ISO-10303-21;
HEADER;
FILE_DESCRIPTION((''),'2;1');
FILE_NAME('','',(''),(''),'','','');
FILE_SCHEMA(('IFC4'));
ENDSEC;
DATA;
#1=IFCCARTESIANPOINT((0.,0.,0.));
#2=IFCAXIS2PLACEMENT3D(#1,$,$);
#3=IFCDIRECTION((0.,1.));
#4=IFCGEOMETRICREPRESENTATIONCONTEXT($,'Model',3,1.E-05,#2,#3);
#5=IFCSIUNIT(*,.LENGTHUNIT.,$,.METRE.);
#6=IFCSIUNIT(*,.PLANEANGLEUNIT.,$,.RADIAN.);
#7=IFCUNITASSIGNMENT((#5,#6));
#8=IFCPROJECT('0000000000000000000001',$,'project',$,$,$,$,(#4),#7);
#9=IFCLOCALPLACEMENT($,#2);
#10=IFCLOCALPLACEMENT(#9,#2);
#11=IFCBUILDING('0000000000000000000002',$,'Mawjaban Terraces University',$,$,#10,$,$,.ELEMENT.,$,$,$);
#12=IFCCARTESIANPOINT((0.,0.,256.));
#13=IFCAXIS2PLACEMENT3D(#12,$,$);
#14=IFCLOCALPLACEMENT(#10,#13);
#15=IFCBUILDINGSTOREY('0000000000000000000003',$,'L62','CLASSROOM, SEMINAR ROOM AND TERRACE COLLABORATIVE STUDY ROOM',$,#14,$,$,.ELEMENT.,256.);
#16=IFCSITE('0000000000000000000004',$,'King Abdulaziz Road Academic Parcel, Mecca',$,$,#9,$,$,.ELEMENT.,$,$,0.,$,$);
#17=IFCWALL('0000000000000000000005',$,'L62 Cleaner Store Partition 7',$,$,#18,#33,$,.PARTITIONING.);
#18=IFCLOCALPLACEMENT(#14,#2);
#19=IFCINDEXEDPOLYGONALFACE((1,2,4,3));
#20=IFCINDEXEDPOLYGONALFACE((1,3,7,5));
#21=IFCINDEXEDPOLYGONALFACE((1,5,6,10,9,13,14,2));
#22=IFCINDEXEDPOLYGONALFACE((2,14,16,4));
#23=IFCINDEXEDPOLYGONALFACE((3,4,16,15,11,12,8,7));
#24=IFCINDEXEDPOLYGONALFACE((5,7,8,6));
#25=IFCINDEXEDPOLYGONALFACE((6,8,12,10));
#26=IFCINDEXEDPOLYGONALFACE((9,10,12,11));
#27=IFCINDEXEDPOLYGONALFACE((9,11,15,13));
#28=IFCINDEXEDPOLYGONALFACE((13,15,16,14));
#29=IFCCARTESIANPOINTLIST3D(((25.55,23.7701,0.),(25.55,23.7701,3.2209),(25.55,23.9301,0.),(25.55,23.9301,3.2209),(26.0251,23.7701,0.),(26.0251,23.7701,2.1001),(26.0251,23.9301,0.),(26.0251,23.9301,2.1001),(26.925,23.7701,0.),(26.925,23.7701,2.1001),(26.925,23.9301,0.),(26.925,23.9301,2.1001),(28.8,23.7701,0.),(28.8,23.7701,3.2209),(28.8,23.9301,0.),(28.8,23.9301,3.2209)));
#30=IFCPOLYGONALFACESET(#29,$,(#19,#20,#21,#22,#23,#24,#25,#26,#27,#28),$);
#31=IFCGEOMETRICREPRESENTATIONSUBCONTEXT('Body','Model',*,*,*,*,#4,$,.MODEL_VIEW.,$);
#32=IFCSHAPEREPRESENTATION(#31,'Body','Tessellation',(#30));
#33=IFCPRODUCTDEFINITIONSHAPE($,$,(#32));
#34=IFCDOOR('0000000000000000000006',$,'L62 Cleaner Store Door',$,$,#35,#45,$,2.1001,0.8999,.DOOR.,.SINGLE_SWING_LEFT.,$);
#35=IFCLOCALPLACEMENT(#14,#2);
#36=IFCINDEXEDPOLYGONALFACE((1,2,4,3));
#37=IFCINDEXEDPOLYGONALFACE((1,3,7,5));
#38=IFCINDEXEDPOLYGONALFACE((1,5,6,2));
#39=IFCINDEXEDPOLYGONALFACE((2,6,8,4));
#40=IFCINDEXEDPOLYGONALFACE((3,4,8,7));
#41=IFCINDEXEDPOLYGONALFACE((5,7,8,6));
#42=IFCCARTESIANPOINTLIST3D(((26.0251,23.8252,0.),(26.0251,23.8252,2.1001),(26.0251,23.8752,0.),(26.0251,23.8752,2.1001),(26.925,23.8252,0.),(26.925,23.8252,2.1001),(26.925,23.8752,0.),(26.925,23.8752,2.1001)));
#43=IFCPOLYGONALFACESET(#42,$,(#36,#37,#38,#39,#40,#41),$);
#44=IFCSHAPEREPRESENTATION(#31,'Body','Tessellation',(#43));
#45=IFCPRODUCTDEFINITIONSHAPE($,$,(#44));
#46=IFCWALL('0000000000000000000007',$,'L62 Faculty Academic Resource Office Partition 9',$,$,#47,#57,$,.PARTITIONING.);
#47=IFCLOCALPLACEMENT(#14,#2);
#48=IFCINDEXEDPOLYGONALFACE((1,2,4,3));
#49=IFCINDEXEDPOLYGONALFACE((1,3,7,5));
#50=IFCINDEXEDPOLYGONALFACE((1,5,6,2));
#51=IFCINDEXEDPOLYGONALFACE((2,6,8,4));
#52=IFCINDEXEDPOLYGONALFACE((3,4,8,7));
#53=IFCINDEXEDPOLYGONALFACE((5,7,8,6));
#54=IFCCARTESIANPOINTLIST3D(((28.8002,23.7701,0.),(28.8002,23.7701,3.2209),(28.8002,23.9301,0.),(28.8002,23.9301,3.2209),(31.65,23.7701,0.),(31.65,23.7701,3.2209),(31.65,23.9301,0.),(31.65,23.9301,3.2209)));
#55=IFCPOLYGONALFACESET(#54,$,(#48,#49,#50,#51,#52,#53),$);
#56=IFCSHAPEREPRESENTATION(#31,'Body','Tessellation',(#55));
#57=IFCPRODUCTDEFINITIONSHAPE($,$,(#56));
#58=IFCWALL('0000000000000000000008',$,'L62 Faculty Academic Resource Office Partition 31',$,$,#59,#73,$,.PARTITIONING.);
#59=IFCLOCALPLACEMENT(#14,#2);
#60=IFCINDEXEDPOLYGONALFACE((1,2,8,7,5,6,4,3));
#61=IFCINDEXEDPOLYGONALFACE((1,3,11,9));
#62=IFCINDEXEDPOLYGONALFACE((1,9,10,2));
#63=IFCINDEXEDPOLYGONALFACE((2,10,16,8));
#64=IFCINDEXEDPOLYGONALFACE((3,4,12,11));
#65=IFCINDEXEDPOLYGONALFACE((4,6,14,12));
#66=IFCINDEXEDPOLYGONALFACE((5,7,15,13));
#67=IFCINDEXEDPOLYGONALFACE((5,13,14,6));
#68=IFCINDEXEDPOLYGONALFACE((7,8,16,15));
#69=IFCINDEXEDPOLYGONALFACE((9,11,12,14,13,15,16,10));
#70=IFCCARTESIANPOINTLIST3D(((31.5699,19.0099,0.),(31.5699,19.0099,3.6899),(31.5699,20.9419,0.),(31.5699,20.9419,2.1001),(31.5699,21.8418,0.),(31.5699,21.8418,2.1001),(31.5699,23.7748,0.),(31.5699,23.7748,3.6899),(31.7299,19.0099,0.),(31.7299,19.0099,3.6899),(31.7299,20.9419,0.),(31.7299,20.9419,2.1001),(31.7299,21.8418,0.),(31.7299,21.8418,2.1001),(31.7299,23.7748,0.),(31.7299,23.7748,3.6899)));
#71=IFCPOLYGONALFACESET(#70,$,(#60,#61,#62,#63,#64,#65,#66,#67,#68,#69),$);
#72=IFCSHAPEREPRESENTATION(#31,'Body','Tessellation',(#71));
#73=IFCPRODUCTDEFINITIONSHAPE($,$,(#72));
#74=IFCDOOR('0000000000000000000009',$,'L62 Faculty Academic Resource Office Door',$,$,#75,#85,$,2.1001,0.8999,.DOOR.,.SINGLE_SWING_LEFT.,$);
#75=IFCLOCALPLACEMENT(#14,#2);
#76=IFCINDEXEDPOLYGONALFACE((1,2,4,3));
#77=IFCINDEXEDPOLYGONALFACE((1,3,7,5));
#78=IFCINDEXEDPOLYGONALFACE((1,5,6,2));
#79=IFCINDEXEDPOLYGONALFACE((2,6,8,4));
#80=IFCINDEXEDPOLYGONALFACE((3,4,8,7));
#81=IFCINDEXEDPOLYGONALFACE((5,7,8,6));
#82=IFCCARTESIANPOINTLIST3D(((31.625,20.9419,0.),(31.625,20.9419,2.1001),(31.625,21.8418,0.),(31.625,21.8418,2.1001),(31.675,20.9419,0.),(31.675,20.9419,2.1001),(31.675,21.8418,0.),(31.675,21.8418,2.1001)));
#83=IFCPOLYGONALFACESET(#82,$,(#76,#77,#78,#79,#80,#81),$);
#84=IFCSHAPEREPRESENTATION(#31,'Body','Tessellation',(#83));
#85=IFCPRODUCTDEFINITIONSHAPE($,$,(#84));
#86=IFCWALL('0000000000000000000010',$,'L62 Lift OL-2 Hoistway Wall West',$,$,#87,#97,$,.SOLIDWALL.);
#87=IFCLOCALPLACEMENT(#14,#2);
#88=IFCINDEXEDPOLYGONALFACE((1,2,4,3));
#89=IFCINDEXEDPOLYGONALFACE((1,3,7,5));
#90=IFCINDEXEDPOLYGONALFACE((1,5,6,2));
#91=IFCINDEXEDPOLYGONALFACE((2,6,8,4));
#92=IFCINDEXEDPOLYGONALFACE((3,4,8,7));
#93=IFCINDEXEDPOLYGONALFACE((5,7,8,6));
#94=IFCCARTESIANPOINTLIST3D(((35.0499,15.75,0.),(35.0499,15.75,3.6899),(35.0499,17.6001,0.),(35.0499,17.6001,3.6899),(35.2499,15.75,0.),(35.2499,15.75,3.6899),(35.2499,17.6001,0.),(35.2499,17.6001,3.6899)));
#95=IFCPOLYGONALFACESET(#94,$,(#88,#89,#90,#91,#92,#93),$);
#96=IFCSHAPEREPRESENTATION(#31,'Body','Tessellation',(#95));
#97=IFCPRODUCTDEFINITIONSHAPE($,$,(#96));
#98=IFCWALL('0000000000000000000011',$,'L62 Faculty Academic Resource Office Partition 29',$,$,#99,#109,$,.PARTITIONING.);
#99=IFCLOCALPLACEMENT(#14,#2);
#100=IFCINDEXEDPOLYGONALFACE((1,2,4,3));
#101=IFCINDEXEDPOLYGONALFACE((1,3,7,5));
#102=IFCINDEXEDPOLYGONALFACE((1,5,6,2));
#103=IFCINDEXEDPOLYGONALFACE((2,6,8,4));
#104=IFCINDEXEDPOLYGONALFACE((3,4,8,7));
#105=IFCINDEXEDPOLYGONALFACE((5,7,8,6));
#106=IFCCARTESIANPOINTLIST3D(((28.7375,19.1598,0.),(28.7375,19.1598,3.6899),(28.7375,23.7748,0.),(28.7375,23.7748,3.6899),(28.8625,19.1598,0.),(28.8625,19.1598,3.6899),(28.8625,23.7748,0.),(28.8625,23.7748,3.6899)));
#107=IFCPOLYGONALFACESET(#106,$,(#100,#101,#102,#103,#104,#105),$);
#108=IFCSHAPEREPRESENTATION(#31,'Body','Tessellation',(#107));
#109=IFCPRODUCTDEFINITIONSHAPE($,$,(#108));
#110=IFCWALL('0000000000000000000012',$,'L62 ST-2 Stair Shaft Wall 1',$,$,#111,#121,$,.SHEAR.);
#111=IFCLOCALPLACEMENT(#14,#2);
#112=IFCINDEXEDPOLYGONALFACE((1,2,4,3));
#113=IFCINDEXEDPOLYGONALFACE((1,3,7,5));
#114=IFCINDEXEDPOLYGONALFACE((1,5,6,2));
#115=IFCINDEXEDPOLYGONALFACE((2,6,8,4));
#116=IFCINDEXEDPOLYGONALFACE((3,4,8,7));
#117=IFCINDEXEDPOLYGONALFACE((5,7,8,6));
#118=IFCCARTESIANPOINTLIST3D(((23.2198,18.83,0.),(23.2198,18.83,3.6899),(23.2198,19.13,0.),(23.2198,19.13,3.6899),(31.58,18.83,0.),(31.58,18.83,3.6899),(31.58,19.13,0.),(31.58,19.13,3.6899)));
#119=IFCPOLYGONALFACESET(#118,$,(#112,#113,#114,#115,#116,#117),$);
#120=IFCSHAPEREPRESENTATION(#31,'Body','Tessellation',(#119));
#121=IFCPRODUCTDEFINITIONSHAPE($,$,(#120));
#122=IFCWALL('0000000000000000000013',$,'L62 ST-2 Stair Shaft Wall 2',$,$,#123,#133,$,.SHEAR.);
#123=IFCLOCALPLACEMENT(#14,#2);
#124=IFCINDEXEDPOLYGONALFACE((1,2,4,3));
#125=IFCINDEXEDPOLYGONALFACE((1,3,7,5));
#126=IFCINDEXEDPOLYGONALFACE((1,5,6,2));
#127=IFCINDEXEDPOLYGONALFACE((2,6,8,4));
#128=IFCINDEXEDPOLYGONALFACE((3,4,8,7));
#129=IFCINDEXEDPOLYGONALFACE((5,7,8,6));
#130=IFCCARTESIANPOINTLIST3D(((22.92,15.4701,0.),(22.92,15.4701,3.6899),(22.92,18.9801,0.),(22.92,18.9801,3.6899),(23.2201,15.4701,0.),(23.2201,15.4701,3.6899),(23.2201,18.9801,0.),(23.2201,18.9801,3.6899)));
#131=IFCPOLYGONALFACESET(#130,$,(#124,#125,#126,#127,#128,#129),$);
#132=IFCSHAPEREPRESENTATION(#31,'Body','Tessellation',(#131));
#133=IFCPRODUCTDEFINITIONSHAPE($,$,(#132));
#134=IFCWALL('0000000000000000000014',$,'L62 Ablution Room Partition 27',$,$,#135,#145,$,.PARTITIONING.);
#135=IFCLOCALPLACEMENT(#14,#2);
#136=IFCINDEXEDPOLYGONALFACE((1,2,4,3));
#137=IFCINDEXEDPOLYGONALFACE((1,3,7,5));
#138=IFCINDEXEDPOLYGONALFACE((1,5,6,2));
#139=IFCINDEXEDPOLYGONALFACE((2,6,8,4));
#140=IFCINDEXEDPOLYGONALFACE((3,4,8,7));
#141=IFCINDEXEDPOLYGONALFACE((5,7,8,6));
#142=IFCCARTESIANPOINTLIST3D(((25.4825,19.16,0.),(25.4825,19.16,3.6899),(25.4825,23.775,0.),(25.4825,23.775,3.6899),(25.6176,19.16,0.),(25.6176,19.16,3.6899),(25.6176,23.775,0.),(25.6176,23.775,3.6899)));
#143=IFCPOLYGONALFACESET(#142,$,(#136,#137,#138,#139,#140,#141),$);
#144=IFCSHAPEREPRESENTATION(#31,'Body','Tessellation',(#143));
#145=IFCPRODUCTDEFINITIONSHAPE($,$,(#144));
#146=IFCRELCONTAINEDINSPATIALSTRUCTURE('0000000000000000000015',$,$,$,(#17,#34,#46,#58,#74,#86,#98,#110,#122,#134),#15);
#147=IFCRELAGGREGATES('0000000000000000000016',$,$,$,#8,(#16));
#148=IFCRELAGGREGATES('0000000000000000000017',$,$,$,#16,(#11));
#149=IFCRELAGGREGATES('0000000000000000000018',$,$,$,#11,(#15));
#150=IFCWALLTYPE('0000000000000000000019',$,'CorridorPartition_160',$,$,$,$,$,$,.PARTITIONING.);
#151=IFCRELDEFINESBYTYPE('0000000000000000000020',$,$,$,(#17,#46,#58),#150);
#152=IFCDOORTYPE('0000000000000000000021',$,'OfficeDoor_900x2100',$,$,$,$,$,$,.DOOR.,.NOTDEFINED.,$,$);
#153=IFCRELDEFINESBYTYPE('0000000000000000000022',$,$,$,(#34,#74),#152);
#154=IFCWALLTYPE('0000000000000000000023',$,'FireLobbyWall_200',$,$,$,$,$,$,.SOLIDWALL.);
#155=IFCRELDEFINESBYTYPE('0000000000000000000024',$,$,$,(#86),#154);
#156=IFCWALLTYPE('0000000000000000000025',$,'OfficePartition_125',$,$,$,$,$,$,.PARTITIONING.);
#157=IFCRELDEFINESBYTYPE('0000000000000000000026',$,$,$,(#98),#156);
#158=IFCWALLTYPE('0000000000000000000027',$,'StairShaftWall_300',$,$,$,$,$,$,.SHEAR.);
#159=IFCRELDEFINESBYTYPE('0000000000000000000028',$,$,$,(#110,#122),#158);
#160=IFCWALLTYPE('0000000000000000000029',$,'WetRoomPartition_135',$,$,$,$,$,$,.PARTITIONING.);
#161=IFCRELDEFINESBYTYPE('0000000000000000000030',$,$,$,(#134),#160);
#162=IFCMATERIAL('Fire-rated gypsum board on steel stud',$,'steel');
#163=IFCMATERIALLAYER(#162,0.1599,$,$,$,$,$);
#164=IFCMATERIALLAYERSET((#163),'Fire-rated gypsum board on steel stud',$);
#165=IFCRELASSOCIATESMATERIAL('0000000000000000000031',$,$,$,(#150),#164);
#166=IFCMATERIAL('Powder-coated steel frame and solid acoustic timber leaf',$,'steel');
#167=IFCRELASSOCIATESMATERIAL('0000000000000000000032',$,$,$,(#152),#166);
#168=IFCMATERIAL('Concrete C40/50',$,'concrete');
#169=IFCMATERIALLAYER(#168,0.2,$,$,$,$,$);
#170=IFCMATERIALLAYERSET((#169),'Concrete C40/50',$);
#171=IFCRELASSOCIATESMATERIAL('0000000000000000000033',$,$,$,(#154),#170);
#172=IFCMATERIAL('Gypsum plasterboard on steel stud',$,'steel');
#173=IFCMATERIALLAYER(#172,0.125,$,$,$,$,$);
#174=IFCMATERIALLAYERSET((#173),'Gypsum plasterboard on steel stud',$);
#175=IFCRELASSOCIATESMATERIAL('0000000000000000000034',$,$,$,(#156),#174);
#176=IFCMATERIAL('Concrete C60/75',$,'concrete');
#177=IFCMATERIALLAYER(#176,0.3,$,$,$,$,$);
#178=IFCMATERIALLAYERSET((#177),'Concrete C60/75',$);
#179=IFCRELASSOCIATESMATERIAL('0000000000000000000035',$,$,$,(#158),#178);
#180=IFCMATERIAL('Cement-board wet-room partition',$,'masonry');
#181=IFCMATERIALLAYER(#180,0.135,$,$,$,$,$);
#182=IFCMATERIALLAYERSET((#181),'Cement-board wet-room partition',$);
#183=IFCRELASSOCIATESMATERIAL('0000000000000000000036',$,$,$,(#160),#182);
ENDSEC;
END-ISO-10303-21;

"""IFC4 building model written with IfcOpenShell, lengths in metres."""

from ifc_helpers import new_model, si_unit, direction, frame, frame_2d, origin, place, context, subcontext, project, spatial, rectangle, extrude, material, layer, layer_set, type_object, element, fill, save


model = new_model("IFC4")

# Units and contexts
model_context = context("Model", 3, precision=1e-05, world=origin(), true_north=direction((0.0, 1.0)))
body_context = subcontext(model_context, "Body", "Model", "MODEL_VIEW")
ifc_project = project(units=[si_unit("LENGTHUNIT", "METRE"), si_unit("PLANEANGLEUNIT", "RADIAN")], contexts=[model_context])

# Site, building, storey
site_placement = place(None, origin())
site = spatial("IfcSite", under=ifc_project, at=site_placement, Name="King Abdulaziz Road Academic Parcel, Mecca", CompositionType="ELEMENT", RefElevation=0.0)
building_placement = place(site_placement, origin())
building = spatial("IfcBuilding", under=site, at=building_placement, Name="Mawjaban Terraces University", CompositionType="ELEMENT")
storey_placement = place(building_placement, frame((0.0, 0.0, 256.0)))
storey = spatial("IfcBuildingStorey", under=building, at=storey_placement, Name="L62", Description="CLASSROOM, SEMINAR ROOM AND TERRACE COLLABORATIVE STUDY ROOM", CompositionType="ELEMENT", Elevation=256.0)

# Wall, opening, door
ifc_material_1 = material(Name="Powder-coated steel frame and solid acoustic timber leaf", Category="steel")
ifc_material_2 = material(Name="Fire-rated gypsum board on steel stud", Category="steel")
ifc_layer_1 = layer(ifc_material_2, 0.1599)
ifc_layer_set_1 = layer_set([ifc_layer_1], Name="Fire-rated gypsum board on steel stud")
wall_type_1 = type_object("IfcWallType", Name="CorridorPartition_160", PredefinedType="PARTITIONING", material=ifc_layer_set_1)
wall_1_placement = place(storey_placement, frame((28.8, 23.8501, 0.0), z_axis=(0.0, 0.0, 1.0), x_axis=(-1.0, 0.0, 0.0)))
wall_1 = element("IfcWall", 1, at=wall_1_placement, inside=storey, type_object=wall_type_1, Name="L62 Cleaner Store Partition 7", PredefinedType="PARTITIONING", context=body_context, shape_type="SweptSolid", body=[
    extrude(rectangle(XDim=3.25, YDim=0.1599, at=frame_2d((1.625, 0.0))), origin(), (0.0, 0.0, 1.0), 3.2209),
])
opening_1_placement = place(wall_1_placement, frame((1.875, 0.0, 0.0)))
opening_1 = element("IfcOpeningElement", 2, at=opening_1_placement, cuts=wall_1, PredefinedType="OPENING", context=body_context, shape_type="SweptSolid", body=[
    extrude(rectangle(XDim=0.8999, YDim=2.1001, at=frame_2d((0.45, 1.05))), frame((0.0, 0.0898, 0.0), z_axis=(0.0, -1.0, 0.0), x_axis=(1.0, 0.0, 0.0)), (0.0, 0.0, 1.0), 0.1799),
])
door_type_1 = type_object("IfcDoorType", Name="OfficeDoor_900x2100", OperationType="NOTDEFINED", PredefinedType="DOOR", material=ifc_material_1)
door_1_placement = place(opening_1_placement, origin())
door_1 = element("IfcDoor", 3, at=door_1_placement, inside=storey, type_object=door_type_1, Name="L62 Cleaner Store Door", OperationType="SINGLE_SWING_LEFT", OverallHeight=2.1001, OverallWidth=0.8999, PredefinedType="DOOR", context=body_context, shape_type="SweptSolid", body=[
    extrude(rectangle(XDim=0.8999, YDim=2.1001, at=frame_2d((0.45, 1.05))), frame((0.0, 0.0249, 0.0), z_axis=(0.0, -1.0, 0.0), x_axis=(1.0, 0.0, 0.0)), (0.0, 0.0, 1.0), 0.05),
])
fill(opening_1, door_1)

# Wall
wall_2_placement = place(storey_placement, frame((31.6499, 23.8501, 0.0), z_axis=(0.0, 0.0, 1.0), x_axis=(-1.0, 0.0, 0.0)))
element("IfcWall", 4, at=wall_2_placement, inside=storey, type_object=wall_type_1, Name="L62 Faculty Academic Resource Office Partition 9", PredefinedType="PARTITIONING", context=body_context, shape_type="SweptSolid", body=[
    extrude(rectangle(XDim=2.8499, YDim=0.1599, at=frame_2d((1.4248, 0.0))), origin(), (0.0, 0.0, 1.0), 3.2209),
])

# Wall, opening, door
wall_3_placement = place(storey_placement, frame((31.6499, 19.01, 0.0), z_axis=(0.0, 0.0, 1.0), x_axis=(0.0, 1.0, 0.0)))
wall_3 = element("IfcWall", 5, at=wall_3_placement, inside=storey, type_object=wall_type_1, Name="L62 Faculty Academic Resource Office Partition 31", PredefinedType="PARTITIONING", context=body_context, shape_type="SweptSolid", body=[
    extrude(rectangle(XDim=4.7649, YDim=0.1599, at=frame_2d((2.3823, 0.0))), origin(), (0.0, 0.0, 1.0), 3.6899),
])
opening_2_placement = place(wall_3_placement, frame((1.9319, 0.0, 0.0)))
opening_2 = element("IfcOpeningElement", 6, at=opening_2_placement, cuts=wall_3, PredefinedType="OPENING", context=body_context, shape_type="SweptSolid", body=[
    extrude(rectangle(XDim=0.8999, YDim=2.1001, at=frame_2d((0.45, 1.05))), frame((0.0, 0.0898, 0.0), z_axis=(0.0, -1.0, 0.0), x_axis=(1.0, 0.0, 0.0)), (0.0, 0.0, 1.0), 0.1799),
])
door_2_placement = place(opening_2_placement, origin())
door_2 = element("IfcDoor", 7, at=door_2_placement, inside=storey, type_object=door_type_1, Name="L62 Faculty Academic Resource Office Door", OperationType="SINGLE_SWING_LEFT", OverallHeight=2.1001, OverallWidth=0.8999, PredefinedType="DOOR", context=body_context, shape_type="SweptSolid", body=[
    extrude(rectangle(XDim=0.8999, YDim=2.1001, at=frame_2d((0.45, 1.05))), frame((0.0, 0.0249, 0.0), z_axis=(0.0, -1.0, 0.0), x_axis=(1.0, 0.0, 0.0)), (0.0, 0.0, 1.0), 0.05),
])
fill(opening_2, door_2)

# Walls
ifc_material_3 = material(Name="Concrete C40/50", Category="concrete")
ifc_layer_2 = layer(ifc_material_3, 0.2)
ifc_layer_set_2 = layer_set([ifc_layer_2], Name="Concrete C40/50")
wall_type_2 = type_object("IfcWallType", Name="FireLobbyWall_200", PredefinedType="SOLIDWALL", material=ifc_layer_set_2)
wall_4_placement = place(storey_placement, frame((35.1499, 17.6001, 0.0), z_axis=(0.0, 0.0, 1.0), x_axis=(0.0, -1.0, 0.0)))
element("IfcWall", 8, at=wall_4_placement, inside=storey, type_object=wall_type_2, Name="L62 Lift OL-2 Hoistway Wall West", PredefinedType="SOLIDWALL", context=body_context, shape_type="SweptSolid", body=[
    extrude(rectangle(XDim=1.8501, YDim=0.2, at=frame_2d((0.925, 0.0))), origin(), (0.0, 0.0, 1.0), 3.6899),
])
ifc_material_4 = material(Name="Gypsum plasterboard on steel stud", Category="steel")
ifc_layer_3 = layer(ifc_material_4, 0.125)
ifc_layer_set_3 = layer_set([ifc_layer_3], Name="Gypsum plasterboard on steel stud")
wall_type_3 = type_object("IfcWallType", Name="OfficePartition_125", PredefinedType="PARTITIONING", material=ifc_layer_set_3)
wall_5_placement = place(storey_placement, frame((28.8, 23.7749, 0.0), z_axis=(0.0, 0.0, 1.0), x_axis=(0.0, -1.0, 0.0)))
element("IfcWall", 9, at=wall_5_placement, inside=storey, type_object=wall_type_3, Name="L62 Faculty Academic Resource Office Partition 29", PredefinedType="PARTITIONING", context=body_context, shape_type="SweptSolid", body=[
    extrude(rectangle(XDim=4.615, YDim=0.125, at=frame_2d((2.3076, 0.0))), origin(), (0.0, 0.0, 1.0), 3.6899),
])
ifc_material_5 = material(Name="Concrete C60/75", Category="concrete")
ifc_layer_4 = layer(ifc_material_5, 0.3)
ifc_layer_set_4 = layer_set([ifc_layer_4], Name="Concrete C60/75")
wall_type_4 = type_object("IfcWallType", Name="StairShaftWall_300", PredefinedType="SHEAR", material=ifc_layer_set_4)
wall_6_placement = place(storey_placement, frame((31.5801, 18.98, 0.0), z_axis=(0.0, 0.0, 1.0), x_axis=(-1.0, 0.0, 0.0)))
element("IfcWall", 10, at=wall_6_placement, inside=storey, type_object=wall_type_4, Name="L62 ST-2 Stair Shaft Wall 1", PredefinedType="SHEAR", context=body_context, shape_type="SweptSolid", body=[
    extrude(rectangle(XDim=8.3601, YDim=0.3, at=frame_2d((4.1802, 0.0))), origin(), (0.0, 0.0, 1.0), 3.6899),
])
wall_7_placement = place(storey_placement, frame((23.0701, 18.98, 0.0), z_axis=(0.0, 0.0, 1.0), x_axis=(0.0, -1.0, 0.0)))
element("IfcWall", 11, at=wall_7_placement, inside=storey, type_object=wall_type_4, Name="L62 ST-2 Stair Shaft Wall 2", PredefinedType="SHEAR", context=body_context, shape_type="SweptSolid", body=[
    extrude(rectangle(XDim=3.51, YDim=0.3, at=frame_2d((1.7549, 0.0))), origin(), (0.0, 0.0, 1.0), 3.6899),
])
ifc_material_6 = material(Name="Cement-board wet-room partition", Category="masonry")
ifc_layer_5 = layer(ifc_material_6, 0.135)
ifc_layer_set_5 = layer_set([ifc_layer_5], Name="Cement-board wet-room partition")
wall_type_5 = type_object("IfcWallType", Name="WetRoomPartition_135", PredefinedType="PARTITIONING", material=ifc_layer_set_5)
wall_8_placement = place(storey_placement, frame((25.55, 19.1599, 0.0), z_axis=(0.0, 0.0, 1.0), x_axis=(0.0, 1.0, 0.0)))
element("IfcWall", 12, at=wall_8_placement, inside=storey, type_object=wall_type_5, Name="L62 Ablution Room Partition 27", PredefinedType="PARTITIONING", context=body_context, shape_type="SweptSolid", body=[
    extrude(rectangle(XDim=4.615, YDim=0.135, at=frame_2d((2.3076, 0.0))), origin(), (0.0, 0.0, 1.0), 3.6899),
])

save(model, "model.ifc")
